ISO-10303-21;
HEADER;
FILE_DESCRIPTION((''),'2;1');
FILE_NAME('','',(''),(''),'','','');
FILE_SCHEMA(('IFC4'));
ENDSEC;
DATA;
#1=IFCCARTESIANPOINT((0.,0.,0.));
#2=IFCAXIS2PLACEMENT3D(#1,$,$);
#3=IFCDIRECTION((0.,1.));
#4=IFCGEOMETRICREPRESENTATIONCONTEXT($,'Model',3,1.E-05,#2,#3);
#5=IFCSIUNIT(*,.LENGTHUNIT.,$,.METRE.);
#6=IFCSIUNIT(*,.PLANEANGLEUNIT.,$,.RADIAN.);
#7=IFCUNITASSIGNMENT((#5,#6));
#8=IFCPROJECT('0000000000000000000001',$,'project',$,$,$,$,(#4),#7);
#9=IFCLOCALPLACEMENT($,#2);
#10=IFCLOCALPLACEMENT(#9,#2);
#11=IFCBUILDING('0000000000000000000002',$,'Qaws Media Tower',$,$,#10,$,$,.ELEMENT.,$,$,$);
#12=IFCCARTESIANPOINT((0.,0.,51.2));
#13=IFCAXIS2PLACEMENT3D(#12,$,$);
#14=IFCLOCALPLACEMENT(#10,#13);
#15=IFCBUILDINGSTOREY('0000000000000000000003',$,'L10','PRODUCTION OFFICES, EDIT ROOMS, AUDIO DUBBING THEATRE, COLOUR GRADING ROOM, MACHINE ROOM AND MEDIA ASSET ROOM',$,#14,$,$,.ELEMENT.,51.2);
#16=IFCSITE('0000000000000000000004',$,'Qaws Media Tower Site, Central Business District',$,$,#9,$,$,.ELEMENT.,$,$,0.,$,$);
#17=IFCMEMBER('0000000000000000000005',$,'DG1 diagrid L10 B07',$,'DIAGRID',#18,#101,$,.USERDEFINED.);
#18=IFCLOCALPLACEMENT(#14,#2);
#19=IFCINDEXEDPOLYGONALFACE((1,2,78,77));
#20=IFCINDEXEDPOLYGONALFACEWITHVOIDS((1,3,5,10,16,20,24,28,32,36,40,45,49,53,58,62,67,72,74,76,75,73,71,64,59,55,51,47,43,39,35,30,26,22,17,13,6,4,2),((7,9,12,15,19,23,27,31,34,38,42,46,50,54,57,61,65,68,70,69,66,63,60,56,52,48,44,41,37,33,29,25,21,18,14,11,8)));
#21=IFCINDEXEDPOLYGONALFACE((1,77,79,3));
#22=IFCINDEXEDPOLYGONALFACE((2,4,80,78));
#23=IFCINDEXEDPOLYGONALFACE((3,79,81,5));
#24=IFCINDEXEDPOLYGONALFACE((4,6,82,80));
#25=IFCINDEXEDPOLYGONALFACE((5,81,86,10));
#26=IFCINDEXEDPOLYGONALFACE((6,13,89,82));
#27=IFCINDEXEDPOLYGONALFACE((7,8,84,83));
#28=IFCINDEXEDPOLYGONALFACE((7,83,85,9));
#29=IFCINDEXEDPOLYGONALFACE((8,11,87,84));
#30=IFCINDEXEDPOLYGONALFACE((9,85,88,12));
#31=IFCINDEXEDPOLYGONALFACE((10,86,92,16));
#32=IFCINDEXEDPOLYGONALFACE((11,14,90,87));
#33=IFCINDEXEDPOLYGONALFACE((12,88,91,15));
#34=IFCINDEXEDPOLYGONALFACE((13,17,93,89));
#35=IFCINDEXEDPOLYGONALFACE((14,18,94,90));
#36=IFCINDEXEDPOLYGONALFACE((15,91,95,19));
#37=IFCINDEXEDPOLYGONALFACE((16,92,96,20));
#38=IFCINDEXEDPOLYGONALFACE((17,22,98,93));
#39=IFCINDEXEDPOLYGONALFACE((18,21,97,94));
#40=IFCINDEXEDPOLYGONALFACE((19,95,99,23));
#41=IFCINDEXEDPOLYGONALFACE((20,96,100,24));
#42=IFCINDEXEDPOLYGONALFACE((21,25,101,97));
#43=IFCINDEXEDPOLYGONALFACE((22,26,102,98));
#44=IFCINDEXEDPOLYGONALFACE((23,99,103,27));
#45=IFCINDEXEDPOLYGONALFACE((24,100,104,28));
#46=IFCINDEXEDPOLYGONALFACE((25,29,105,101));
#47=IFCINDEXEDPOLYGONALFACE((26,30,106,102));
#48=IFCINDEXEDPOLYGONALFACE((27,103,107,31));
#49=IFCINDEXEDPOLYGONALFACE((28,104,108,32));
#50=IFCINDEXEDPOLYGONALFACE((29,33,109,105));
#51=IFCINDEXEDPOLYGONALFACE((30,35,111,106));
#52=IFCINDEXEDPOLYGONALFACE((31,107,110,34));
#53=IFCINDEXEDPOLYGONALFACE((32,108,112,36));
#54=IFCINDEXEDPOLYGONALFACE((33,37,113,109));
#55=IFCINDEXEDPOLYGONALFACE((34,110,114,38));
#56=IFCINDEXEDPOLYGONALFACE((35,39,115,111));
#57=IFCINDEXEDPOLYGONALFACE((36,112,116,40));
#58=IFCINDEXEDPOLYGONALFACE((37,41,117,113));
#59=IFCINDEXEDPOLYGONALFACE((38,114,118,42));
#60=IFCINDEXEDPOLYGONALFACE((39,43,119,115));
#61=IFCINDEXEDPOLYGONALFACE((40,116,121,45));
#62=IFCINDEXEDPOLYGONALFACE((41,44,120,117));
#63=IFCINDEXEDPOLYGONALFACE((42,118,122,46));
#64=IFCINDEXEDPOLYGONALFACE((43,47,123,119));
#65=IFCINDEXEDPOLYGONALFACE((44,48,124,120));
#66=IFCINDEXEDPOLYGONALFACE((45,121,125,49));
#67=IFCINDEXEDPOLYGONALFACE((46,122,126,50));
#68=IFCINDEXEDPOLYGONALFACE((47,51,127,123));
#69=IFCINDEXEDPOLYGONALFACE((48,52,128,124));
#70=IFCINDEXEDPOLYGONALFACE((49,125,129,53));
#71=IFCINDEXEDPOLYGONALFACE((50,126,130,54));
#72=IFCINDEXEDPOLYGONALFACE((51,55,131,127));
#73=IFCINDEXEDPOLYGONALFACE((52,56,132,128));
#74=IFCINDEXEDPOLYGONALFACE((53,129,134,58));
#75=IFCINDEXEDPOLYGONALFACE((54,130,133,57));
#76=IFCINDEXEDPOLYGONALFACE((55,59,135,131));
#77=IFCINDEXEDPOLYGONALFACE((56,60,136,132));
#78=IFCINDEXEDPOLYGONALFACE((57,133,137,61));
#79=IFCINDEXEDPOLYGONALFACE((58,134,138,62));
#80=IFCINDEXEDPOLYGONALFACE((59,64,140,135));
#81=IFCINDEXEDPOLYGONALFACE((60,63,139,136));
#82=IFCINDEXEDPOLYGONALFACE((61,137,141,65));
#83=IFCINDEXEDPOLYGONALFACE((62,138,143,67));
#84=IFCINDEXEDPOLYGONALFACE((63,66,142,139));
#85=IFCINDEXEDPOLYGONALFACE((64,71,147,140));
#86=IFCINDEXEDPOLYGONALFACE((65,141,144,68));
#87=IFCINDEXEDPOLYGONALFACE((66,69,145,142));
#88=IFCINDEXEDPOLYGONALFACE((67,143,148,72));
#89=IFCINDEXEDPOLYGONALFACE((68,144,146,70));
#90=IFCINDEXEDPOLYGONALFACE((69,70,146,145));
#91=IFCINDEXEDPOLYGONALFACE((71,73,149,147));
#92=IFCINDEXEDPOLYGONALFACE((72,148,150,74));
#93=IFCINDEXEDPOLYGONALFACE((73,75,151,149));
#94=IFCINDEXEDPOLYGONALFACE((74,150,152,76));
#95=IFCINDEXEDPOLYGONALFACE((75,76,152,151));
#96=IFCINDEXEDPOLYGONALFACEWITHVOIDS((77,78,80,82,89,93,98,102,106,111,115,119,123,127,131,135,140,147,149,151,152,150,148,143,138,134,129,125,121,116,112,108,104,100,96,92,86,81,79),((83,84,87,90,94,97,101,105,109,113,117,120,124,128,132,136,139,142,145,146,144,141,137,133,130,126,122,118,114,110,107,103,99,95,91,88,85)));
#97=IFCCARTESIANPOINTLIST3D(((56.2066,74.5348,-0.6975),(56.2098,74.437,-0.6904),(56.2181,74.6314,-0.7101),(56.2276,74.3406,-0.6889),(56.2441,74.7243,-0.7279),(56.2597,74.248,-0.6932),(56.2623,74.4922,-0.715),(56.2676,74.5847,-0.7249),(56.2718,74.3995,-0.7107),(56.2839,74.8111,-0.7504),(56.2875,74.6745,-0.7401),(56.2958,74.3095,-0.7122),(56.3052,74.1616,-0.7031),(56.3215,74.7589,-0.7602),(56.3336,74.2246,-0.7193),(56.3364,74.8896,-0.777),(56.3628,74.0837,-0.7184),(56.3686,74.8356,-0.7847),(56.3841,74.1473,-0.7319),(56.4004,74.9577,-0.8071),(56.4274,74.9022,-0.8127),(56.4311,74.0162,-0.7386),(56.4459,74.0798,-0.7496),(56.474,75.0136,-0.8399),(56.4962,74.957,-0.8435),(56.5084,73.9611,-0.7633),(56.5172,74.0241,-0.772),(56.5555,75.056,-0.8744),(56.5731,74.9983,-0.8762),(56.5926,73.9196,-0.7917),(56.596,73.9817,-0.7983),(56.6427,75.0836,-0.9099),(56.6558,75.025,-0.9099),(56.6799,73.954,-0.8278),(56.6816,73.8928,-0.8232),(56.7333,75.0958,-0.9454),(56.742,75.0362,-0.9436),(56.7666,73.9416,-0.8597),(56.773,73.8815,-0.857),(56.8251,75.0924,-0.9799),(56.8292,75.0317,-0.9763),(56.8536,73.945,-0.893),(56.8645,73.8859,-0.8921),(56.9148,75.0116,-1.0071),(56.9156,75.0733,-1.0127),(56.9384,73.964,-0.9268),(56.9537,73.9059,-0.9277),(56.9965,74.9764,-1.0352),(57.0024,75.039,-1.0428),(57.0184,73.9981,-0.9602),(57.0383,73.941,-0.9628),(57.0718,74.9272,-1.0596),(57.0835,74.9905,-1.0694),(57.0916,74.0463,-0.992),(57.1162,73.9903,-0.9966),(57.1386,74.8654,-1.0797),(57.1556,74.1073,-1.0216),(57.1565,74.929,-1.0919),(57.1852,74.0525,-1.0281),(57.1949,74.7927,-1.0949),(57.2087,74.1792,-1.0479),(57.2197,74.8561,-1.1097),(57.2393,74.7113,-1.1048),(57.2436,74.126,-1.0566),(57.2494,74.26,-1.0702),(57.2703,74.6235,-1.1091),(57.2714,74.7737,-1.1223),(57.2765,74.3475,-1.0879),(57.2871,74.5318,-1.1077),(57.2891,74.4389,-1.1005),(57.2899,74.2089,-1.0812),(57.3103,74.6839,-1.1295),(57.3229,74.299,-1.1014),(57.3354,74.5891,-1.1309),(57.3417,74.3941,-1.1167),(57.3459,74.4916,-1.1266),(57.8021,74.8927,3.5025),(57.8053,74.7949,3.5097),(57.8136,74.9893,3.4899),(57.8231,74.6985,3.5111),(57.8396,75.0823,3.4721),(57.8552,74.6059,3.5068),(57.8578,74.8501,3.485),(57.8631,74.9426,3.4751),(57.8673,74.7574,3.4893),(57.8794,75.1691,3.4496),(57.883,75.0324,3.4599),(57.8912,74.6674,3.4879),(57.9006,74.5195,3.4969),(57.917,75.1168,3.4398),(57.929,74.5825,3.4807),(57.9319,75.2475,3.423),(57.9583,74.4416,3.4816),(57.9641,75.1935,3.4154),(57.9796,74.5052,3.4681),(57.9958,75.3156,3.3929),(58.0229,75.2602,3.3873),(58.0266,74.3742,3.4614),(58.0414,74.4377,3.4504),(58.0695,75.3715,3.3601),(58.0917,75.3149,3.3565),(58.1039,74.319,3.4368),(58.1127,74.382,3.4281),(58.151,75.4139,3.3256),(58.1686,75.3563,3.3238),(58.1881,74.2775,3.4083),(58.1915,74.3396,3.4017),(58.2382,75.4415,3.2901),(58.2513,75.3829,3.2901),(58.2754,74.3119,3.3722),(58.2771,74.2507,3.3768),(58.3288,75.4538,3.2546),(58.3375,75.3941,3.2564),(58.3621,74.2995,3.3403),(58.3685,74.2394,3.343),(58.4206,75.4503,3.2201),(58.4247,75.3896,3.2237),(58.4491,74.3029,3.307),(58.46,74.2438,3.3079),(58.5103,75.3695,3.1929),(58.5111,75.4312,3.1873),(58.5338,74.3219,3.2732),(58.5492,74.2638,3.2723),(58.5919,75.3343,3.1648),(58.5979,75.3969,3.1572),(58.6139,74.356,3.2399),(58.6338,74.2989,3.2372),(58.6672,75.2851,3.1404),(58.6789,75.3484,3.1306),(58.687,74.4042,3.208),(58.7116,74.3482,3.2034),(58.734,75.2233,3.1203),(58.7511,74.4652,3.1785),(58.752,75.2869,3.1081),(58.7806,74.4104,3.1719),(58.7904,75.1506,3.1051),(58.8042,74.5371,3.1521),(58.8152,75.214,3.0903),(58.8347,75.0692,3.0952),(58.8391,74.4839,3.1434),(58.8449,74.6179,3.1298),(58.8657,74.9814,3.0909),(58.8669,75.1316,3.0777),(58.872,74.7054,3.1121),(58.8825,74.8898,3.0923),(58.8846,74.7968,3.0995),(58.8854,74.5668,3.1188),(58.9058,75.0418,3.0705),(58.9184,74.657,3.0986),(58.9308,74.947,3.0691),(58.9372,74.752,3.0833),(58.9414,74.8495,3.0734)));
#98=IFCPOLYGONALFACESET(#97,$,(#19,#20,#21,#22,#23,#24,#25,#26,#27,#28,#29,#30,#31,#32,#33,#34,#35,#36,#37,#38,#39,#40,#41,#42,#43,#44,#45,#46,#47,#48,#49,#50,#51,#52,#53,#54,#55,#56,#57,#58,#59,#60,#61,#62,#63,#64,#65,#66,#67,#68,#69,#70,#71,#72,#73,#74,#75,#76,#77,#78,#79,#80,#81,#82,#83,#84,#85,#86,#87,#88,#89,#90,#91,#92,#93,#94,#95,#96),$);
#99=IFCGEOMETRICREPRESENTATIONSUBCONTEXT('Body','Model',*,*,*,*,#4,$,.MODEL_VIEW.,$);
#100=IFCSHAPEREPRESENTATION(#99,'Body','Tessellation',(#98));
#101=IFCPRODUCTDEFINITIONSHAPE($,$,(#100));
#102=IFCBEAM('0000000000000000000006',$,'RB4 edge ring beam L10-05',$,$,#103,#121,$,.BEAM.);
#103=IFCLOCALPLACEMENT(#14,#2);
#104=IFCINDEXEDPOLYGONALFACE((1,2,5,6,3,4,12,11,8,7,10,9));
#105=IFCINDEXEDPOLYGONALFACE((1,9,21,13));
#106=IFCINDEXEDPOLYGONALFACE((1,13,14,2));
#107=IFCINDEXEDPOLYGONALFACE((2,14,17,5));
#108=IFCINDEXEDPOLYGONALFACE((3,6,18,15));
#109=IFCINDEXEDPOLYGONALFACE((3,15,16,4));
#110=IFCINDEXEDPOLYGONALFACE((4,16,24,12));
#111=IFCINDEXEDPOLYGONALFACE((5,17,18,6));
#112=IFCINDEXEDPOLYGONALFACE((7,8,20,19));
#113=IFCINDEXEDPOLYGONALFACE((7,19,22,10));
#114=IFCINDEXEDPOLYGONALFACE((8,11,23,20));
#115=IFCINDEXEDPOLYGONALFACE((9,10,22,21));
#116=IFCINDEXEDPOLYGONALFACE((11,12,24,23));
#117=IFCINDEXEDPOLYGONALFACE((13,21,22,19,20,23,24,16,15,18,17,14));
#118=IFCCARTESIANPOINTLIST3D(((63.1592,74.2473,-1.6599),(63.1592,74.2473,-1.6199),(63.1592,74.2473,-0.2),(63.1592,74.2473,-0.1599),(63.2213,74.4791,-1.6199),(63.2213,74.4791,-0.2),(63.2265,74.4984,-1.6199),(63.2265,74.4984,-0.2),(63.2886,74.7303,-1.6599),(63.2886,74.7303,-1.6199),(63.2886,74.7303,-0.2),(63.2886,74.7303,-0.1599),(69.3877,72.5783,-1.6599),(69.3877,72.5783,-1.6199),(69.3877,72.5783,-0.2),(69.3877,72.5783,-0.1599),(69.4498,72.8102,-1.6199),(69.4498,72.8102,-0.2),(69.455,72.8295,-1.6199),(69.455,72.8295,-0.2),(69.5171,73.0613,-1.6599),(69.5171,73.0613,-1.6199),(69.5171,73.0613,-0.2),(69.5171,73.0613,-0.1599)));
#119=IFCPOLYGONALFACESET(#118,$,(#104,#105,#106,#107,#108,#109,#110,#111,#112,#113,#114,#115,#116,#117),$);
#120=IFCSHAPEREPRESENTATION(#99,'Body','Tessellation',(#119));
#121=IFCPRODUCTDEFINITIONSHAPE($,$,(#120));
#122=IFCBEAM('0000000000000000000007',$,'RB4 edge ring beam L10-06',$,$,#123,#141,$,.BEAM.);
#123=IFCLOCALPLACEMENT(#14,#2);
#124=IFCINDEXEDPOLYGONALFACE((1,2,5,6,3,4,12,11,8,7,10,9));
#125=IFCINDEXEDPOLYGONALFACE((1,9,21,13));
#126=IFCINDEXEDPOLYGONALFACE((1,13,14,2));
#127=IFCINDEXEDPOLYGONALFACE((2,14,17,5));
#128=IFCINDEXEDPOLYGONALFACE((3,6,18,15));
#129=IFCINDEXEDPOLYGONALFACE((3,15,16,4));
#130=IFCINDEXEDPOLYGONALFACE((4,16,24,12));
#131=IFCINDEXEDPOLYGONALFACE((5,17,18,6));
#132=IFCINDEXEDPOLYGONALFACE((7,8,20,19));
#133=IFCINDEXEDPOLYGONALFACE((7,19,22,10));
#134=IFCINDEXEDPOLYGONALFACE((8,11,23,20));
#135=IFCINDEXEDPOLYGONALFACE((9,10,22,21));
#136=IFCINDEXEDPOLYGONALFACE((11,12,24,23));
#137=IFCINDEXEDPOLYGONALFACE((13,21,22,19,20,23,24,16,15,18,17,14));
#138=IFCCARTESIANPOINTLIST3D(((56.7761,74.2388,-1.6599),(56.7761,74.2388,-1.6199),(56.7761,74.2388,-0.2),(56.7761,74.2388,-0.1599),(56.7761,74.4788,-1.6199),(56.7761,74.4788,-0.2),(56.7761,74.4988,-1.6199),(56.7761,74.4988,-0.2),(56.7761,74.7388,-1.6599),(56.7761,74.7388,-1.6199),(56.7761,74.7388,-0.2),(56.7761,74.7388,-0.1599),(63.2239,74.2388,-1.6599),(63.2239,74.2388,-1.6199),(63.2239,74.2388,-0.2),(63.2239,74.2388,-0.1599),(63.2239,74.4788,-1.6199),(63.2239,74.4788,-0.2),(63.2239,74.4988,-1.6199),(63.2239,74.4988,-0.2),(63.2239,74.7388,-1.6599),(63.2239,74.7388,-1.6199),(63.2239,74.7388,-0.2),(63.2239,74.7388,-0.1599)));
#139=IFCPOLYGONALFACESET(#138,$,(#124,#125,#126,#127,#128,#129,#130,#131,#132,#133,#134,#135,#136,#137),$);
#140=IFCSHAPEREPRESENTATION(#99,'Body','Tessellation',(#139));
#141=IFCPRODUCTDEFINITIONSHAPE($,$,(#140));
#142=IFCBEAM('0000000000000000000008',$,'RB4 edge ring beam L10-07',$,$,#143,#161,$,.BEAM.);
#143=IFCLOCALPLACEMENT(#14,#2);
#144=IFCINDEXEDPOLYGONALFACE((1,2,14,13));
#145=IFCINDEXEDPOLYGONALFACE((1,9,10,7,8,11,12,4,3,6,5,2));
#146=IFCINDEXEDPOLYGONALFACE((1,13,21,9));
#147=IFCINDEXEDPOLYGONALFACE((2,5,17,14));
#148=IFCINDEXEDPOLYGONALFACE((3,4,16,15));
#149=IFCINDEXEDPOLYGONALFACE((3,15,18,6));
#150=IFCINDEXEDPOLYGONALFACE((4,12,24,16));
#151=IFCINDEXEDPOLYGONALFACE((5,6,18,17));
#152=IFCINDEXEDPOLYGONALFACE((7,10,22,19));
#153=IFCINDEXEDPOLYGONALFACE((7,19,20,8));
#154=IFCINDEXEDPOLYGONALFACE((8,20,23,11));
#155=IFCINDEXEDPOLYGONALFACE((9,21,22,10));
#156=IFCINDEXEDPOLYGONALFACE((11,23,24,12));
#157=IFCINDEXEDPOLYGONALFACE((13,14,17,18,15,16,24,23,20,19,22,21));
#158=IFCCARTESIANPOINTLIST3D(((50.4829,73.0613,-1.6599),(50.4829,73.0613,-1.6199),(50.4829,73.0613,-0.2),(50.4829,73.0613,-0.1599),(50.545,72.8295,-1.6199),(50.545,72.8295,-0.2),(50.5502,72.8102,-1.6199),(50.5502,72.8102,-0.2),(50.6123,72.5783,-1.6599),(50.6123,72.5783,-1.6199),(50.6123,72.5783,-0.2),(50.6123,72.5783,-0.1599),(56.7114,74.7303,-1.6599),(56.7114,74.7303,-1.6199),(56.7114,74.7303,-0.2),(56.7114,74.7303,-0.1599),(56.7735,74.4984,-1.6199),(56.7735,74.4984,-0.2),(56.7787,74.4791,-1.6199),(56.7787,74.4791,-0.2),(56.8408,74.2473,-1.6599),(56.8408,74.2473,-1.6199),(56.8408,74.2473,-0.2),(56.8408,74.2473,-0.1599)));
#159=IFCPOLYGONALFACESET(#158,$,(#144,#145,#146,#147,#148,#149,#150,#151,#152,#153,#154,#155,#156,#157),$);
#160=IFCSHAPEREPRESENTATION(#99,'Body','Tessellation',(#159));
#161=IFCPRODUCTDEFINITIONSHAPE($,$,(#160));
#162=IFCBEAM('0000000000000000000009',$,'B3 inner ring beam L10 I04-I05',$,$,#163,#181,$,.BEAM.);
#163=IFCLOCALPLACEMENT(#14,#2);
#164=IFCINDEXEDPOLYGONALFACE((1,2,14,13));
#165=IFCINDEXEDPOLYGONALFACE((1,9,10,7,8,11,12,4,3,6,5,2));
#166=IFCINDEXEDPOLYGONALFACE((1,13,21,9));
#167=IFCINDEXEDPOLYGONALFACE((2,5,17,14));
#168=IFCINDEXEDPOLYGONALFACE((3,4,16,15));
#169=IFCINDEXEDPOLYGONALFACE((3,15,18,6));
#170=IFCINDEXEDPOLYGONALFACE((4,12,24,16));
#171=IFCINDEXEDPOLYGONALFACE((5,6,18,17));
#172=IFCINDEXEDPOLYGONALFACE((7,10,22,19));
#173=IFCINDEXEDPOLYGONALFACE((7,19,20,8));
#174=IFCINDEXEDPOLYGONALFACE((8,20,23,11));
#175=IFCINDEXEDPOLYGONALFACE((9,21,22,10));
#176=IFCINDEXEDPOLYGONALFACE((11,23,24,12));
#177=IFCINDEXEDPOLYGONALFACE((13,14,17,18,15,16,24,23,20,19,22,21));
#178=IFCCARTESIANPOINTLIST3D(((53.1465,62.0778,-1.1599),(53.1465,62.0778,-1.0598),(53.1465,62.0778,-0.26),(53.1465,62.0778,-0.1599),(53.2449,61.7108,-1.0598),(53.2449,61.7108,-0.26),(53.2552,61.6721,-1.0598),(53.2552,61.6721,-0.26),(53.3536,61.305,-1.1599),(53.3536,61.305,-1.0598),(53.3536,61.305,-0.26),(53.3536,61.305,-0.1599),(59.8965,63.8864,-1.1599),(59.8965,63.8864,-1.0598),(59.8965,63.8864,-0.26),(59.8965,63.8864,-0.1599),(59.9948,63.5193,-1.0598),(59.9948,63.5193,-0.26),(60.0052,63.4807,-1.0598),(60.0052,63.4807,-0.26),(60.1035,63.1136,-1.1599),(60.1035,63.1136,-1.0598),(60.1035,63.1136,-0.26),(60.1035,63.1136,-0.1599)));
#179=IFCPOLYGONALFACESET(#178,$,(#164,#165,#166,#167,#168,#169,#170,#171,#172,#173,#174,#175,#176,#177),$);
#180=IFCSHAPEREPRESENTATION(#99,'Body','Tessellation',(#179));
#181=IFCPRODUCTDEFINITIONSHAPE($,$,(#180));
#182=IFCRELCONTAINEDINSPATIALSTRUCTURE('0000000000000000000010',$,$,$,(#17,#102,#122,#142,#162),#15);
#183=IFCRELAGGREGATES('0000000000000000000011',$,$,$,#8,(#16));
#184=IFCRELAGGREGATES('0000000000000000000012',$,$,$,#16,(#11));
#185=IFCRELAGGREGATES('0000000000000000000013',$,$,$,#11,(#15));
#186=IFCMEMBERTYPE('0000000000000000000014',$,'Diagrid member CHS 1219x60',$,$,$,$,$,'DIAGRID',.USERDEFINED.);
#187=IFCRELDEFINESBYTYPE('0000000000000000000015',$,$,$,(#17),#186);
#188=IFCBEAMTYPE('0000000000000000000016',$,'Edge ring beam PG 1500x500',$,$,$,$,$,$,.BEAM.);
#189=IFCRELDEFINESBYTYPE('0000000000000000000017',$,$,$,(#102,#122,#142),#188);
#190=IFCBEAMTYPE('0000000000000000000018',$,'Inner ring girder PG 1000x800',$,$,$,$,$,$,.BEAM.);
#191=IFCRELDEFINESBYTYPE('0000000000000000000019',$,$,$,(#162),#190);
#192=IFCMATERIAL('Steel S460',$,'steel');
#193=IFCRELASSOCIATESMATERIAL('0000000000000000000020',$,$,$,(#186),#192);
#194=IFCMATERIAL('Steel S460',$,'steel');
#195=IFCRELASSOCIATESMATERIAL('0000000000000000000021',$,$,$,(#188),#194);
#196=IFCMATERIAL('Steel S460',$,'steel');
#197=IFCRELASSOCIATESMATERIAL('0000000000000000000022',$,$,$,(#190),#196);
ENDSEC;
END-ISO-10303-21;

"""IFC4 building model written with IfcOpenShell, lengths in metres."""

from ifc_helpers import new_model, si_unit, direction, frame, origin, origin_2d, place, context, subcontext, project, spatial, hollow_circle, i_section, extrude, material, material_profile, profile_set, type_object, element, save


model = new_model("IFC4")

# Units and contexts
model_context = context("Model", 3, precision=1e-05, world=origin(), true_north=direction((0.0, 1.0)))
body_context = subcontext(model_context, "Body", "Model", "MODEL_VIEW")
ifc_project = project(units=[si_unit("LENGTHUNIT", "METRE"), si_unit("PLANEANGLEUNIT", "RADIAN")], contexts=[model_context])

# Site, building, storey
site_placement = place(None, origin())
site = spatial("IfcSite", under=ifc_project, at=site_placement, Name="Qaws Media Tower Site, Central Business District", CompositionType="ELEMENT", RefElevation=0.0)
building_placement = place(site_placement, origin())
building = spatial("IfcBuilding", under=site, at=building_placement, Name="Qaws Media Tower", CompositionType="ELEMENT")
storey_placement = place(building_placement, frame((0.0, 0.0, 51.2)))
storey = spatial("IfcBuildingStorey", under=building, at=storey_placement, Name="L10", Description="PRODUCTION OFFICES, EDIT ROOMS, AUDIO DUBBING THEATRE, COLOUR GRADING ROOM, MACHINE ROOM AND MEDIA ASSET ROOM", CompositionType="ELEMENT", Elevation=51.2)

# Member
ifc_material_1 = material(Name="Steel S460", Category="steel")
ifc_material_profile_1 = material_profile(ifc_material_1, hollow_circle(Radius=0.6096, WallThickness=0.0601, at=origin_2d()), Name="CHS 1219x60")
ifc_profile_set_1 = profile_set([ifc_material_profile_1], Name="Steel S460")
member_type_1 = type_object("IfcMemberType", Name="Diagrid member CHS 1219x60", ElementType="DIAGRID", PredefinedType="USERDEFINED", material=ifc_profile_set_1)
for number, where, z_axis, x_axis, name in (
    (1, (56.7761, 74.4888, -0.9099), (0.353995, 0.079412, 0.93187), (-0.21889, 0.975749, 0.0), "DG1 diagrid L10 B07"),
):
    element("IfcMember", number, at=place(storey_placement, frame(where, z_axis=z_axis, x_axis=x_axis)), inside=storey, type_object=member_type_1, Name=name, ObjectType="DIAGRID", PredefinedType="USERDEFINED", context=body_context, shape_type="SweptSolid", body=[
        extrude(hollow_circle(Radius=0.6096, WallThickness=0.0601, at=origin_2d()), origin(), (0.0, 0.0, 1.0), 4.5071),
    ])

# Beams
ifc_material_2 = material(Name="Steel S460", Category="steel")
ifc_material_profile_2 = material_profile(ifc_material_2, i_section(OverallWidth=0.5, OverallDepth=1.5, WebThickness=0.02, FlangeThickness=0.04, at=origin_2d()), Name="PG 1500x500")
ifc_profile_set_2 = profile_set([ifc_material_profile_2], Name="Steel S460")
beam_type_1 = type_object("IfcBeamType", Name="Edge ring beam PG 1500x500", PredefinedType="BEAM", material=ifc_profile_set_2)
beam_1_placement = place(storey_placement, frame((69.4524, 72.8198, -0.9099), z_axis=(-0.965925, 0.258822, 0.0), x_axis=(-0.258822, -0.965925, 0.0)))
element("IfcBeam", 2, at=beam_1_placement, inside=storey, type_object=beam_type_1, Name="RB4 edge ring beam L10-05", PredefinedType="BEAM", context=body_context, shape_type="SweptSolid", body=[
    extrude(i_section(OverallWidth=0.5, OverallDepth=1.5, WebThickness=0.02, FlangeThickness=0.04, at=origin_2d()), origin(), (0.0, 0.0, 1.0), 6.4482),
])
beam_2_placement = place(storey_placement, frame((63.2239, 74.4888, -0.9099), z_axis=(-1.0, 0.0, 0.0), x_axis=(0.0, -1.0, 0.0)))
element("IfcBeam", 3, at=beam_2_placement, inside=storey, type_object=beam_type_1, Name="RB4 edge ring beam L10-06", PredefinedType="BEAM", context=body_context, shape_type="SweptSolid", body=[
    extrude(i_section(OverallWidth=0.5, OverallDepth=1.5, WebThickness=0.02, FlangeThickness=0.04, at=origin_2d()), origin(), (0.0, 0.0, 1.0), 6.4478),
])
beam_3_placement = place(storey_placement, frame((56.7761, 74.4888, -0.9099), z_axis=(-0.965925, -0.258822, 0.0), x_axis=(0.258822, -0.965925, 0.0)))
element("IfcBeam", 4, at=beam_3_placement, inside=storey, type_object=beam_type_1, Name="RB4 edge ring beam L10-07", PredefinedType="BEAM", context=body_context, shape_type="SweptSolid", body=[
    extrude(i_section(OverallWidth=0.5, OverallDepth=1.5, WebThickness=0.02, FlangeThickness=0.04, at=origin_2d()), origin(), (0.0, 0.0, 1.0), 6.4482),
])
ifc_material_3 = material(Name="Steel S460", Category="steel")
ifc_material_profile_3 = material_profile(ifc_material_3, i_section(OverallWidth=0.8, OverallDepth=1.0, WebThickness=0.04, FlangeThickness=0.1001, at=origin_2d()), Name="PG 1000x800")
ifc_profile_set_3 = profile_set([ifc_material_profile_3], Name="Steel S460")
beam_type_2 = type_object("IfcBeamType", Name="Inner ring girder PG 1000x800", PredefinedType="BEAM", material=ifc_profile_set_3)
beam_4_placement = place(storey_placement, frame((60.0, 63.5, -0.6599), z_axis=(-0.965928, -0.258811, 0.0), x_axis=(0.258811, -0.965928, 0.0)))
element("IfcBeam", 5, at=beam_4_placement, inside=storey, type_object=beam_type_2, Name="B3 inner ring beam L10 I04-I05", PredefinedType="BEAM", context=body_context, shape_type="SweptSolid", body=[
    extrude(i_section(OverallWidth=0.8, OverallDepth=1.0, WebThickness=0.04, FlangeThickness=0.1001, at=origin_2d()), origin(), (0.0, 0.0, 1.0), 6.988),
])

save(model, "model.ifc")
